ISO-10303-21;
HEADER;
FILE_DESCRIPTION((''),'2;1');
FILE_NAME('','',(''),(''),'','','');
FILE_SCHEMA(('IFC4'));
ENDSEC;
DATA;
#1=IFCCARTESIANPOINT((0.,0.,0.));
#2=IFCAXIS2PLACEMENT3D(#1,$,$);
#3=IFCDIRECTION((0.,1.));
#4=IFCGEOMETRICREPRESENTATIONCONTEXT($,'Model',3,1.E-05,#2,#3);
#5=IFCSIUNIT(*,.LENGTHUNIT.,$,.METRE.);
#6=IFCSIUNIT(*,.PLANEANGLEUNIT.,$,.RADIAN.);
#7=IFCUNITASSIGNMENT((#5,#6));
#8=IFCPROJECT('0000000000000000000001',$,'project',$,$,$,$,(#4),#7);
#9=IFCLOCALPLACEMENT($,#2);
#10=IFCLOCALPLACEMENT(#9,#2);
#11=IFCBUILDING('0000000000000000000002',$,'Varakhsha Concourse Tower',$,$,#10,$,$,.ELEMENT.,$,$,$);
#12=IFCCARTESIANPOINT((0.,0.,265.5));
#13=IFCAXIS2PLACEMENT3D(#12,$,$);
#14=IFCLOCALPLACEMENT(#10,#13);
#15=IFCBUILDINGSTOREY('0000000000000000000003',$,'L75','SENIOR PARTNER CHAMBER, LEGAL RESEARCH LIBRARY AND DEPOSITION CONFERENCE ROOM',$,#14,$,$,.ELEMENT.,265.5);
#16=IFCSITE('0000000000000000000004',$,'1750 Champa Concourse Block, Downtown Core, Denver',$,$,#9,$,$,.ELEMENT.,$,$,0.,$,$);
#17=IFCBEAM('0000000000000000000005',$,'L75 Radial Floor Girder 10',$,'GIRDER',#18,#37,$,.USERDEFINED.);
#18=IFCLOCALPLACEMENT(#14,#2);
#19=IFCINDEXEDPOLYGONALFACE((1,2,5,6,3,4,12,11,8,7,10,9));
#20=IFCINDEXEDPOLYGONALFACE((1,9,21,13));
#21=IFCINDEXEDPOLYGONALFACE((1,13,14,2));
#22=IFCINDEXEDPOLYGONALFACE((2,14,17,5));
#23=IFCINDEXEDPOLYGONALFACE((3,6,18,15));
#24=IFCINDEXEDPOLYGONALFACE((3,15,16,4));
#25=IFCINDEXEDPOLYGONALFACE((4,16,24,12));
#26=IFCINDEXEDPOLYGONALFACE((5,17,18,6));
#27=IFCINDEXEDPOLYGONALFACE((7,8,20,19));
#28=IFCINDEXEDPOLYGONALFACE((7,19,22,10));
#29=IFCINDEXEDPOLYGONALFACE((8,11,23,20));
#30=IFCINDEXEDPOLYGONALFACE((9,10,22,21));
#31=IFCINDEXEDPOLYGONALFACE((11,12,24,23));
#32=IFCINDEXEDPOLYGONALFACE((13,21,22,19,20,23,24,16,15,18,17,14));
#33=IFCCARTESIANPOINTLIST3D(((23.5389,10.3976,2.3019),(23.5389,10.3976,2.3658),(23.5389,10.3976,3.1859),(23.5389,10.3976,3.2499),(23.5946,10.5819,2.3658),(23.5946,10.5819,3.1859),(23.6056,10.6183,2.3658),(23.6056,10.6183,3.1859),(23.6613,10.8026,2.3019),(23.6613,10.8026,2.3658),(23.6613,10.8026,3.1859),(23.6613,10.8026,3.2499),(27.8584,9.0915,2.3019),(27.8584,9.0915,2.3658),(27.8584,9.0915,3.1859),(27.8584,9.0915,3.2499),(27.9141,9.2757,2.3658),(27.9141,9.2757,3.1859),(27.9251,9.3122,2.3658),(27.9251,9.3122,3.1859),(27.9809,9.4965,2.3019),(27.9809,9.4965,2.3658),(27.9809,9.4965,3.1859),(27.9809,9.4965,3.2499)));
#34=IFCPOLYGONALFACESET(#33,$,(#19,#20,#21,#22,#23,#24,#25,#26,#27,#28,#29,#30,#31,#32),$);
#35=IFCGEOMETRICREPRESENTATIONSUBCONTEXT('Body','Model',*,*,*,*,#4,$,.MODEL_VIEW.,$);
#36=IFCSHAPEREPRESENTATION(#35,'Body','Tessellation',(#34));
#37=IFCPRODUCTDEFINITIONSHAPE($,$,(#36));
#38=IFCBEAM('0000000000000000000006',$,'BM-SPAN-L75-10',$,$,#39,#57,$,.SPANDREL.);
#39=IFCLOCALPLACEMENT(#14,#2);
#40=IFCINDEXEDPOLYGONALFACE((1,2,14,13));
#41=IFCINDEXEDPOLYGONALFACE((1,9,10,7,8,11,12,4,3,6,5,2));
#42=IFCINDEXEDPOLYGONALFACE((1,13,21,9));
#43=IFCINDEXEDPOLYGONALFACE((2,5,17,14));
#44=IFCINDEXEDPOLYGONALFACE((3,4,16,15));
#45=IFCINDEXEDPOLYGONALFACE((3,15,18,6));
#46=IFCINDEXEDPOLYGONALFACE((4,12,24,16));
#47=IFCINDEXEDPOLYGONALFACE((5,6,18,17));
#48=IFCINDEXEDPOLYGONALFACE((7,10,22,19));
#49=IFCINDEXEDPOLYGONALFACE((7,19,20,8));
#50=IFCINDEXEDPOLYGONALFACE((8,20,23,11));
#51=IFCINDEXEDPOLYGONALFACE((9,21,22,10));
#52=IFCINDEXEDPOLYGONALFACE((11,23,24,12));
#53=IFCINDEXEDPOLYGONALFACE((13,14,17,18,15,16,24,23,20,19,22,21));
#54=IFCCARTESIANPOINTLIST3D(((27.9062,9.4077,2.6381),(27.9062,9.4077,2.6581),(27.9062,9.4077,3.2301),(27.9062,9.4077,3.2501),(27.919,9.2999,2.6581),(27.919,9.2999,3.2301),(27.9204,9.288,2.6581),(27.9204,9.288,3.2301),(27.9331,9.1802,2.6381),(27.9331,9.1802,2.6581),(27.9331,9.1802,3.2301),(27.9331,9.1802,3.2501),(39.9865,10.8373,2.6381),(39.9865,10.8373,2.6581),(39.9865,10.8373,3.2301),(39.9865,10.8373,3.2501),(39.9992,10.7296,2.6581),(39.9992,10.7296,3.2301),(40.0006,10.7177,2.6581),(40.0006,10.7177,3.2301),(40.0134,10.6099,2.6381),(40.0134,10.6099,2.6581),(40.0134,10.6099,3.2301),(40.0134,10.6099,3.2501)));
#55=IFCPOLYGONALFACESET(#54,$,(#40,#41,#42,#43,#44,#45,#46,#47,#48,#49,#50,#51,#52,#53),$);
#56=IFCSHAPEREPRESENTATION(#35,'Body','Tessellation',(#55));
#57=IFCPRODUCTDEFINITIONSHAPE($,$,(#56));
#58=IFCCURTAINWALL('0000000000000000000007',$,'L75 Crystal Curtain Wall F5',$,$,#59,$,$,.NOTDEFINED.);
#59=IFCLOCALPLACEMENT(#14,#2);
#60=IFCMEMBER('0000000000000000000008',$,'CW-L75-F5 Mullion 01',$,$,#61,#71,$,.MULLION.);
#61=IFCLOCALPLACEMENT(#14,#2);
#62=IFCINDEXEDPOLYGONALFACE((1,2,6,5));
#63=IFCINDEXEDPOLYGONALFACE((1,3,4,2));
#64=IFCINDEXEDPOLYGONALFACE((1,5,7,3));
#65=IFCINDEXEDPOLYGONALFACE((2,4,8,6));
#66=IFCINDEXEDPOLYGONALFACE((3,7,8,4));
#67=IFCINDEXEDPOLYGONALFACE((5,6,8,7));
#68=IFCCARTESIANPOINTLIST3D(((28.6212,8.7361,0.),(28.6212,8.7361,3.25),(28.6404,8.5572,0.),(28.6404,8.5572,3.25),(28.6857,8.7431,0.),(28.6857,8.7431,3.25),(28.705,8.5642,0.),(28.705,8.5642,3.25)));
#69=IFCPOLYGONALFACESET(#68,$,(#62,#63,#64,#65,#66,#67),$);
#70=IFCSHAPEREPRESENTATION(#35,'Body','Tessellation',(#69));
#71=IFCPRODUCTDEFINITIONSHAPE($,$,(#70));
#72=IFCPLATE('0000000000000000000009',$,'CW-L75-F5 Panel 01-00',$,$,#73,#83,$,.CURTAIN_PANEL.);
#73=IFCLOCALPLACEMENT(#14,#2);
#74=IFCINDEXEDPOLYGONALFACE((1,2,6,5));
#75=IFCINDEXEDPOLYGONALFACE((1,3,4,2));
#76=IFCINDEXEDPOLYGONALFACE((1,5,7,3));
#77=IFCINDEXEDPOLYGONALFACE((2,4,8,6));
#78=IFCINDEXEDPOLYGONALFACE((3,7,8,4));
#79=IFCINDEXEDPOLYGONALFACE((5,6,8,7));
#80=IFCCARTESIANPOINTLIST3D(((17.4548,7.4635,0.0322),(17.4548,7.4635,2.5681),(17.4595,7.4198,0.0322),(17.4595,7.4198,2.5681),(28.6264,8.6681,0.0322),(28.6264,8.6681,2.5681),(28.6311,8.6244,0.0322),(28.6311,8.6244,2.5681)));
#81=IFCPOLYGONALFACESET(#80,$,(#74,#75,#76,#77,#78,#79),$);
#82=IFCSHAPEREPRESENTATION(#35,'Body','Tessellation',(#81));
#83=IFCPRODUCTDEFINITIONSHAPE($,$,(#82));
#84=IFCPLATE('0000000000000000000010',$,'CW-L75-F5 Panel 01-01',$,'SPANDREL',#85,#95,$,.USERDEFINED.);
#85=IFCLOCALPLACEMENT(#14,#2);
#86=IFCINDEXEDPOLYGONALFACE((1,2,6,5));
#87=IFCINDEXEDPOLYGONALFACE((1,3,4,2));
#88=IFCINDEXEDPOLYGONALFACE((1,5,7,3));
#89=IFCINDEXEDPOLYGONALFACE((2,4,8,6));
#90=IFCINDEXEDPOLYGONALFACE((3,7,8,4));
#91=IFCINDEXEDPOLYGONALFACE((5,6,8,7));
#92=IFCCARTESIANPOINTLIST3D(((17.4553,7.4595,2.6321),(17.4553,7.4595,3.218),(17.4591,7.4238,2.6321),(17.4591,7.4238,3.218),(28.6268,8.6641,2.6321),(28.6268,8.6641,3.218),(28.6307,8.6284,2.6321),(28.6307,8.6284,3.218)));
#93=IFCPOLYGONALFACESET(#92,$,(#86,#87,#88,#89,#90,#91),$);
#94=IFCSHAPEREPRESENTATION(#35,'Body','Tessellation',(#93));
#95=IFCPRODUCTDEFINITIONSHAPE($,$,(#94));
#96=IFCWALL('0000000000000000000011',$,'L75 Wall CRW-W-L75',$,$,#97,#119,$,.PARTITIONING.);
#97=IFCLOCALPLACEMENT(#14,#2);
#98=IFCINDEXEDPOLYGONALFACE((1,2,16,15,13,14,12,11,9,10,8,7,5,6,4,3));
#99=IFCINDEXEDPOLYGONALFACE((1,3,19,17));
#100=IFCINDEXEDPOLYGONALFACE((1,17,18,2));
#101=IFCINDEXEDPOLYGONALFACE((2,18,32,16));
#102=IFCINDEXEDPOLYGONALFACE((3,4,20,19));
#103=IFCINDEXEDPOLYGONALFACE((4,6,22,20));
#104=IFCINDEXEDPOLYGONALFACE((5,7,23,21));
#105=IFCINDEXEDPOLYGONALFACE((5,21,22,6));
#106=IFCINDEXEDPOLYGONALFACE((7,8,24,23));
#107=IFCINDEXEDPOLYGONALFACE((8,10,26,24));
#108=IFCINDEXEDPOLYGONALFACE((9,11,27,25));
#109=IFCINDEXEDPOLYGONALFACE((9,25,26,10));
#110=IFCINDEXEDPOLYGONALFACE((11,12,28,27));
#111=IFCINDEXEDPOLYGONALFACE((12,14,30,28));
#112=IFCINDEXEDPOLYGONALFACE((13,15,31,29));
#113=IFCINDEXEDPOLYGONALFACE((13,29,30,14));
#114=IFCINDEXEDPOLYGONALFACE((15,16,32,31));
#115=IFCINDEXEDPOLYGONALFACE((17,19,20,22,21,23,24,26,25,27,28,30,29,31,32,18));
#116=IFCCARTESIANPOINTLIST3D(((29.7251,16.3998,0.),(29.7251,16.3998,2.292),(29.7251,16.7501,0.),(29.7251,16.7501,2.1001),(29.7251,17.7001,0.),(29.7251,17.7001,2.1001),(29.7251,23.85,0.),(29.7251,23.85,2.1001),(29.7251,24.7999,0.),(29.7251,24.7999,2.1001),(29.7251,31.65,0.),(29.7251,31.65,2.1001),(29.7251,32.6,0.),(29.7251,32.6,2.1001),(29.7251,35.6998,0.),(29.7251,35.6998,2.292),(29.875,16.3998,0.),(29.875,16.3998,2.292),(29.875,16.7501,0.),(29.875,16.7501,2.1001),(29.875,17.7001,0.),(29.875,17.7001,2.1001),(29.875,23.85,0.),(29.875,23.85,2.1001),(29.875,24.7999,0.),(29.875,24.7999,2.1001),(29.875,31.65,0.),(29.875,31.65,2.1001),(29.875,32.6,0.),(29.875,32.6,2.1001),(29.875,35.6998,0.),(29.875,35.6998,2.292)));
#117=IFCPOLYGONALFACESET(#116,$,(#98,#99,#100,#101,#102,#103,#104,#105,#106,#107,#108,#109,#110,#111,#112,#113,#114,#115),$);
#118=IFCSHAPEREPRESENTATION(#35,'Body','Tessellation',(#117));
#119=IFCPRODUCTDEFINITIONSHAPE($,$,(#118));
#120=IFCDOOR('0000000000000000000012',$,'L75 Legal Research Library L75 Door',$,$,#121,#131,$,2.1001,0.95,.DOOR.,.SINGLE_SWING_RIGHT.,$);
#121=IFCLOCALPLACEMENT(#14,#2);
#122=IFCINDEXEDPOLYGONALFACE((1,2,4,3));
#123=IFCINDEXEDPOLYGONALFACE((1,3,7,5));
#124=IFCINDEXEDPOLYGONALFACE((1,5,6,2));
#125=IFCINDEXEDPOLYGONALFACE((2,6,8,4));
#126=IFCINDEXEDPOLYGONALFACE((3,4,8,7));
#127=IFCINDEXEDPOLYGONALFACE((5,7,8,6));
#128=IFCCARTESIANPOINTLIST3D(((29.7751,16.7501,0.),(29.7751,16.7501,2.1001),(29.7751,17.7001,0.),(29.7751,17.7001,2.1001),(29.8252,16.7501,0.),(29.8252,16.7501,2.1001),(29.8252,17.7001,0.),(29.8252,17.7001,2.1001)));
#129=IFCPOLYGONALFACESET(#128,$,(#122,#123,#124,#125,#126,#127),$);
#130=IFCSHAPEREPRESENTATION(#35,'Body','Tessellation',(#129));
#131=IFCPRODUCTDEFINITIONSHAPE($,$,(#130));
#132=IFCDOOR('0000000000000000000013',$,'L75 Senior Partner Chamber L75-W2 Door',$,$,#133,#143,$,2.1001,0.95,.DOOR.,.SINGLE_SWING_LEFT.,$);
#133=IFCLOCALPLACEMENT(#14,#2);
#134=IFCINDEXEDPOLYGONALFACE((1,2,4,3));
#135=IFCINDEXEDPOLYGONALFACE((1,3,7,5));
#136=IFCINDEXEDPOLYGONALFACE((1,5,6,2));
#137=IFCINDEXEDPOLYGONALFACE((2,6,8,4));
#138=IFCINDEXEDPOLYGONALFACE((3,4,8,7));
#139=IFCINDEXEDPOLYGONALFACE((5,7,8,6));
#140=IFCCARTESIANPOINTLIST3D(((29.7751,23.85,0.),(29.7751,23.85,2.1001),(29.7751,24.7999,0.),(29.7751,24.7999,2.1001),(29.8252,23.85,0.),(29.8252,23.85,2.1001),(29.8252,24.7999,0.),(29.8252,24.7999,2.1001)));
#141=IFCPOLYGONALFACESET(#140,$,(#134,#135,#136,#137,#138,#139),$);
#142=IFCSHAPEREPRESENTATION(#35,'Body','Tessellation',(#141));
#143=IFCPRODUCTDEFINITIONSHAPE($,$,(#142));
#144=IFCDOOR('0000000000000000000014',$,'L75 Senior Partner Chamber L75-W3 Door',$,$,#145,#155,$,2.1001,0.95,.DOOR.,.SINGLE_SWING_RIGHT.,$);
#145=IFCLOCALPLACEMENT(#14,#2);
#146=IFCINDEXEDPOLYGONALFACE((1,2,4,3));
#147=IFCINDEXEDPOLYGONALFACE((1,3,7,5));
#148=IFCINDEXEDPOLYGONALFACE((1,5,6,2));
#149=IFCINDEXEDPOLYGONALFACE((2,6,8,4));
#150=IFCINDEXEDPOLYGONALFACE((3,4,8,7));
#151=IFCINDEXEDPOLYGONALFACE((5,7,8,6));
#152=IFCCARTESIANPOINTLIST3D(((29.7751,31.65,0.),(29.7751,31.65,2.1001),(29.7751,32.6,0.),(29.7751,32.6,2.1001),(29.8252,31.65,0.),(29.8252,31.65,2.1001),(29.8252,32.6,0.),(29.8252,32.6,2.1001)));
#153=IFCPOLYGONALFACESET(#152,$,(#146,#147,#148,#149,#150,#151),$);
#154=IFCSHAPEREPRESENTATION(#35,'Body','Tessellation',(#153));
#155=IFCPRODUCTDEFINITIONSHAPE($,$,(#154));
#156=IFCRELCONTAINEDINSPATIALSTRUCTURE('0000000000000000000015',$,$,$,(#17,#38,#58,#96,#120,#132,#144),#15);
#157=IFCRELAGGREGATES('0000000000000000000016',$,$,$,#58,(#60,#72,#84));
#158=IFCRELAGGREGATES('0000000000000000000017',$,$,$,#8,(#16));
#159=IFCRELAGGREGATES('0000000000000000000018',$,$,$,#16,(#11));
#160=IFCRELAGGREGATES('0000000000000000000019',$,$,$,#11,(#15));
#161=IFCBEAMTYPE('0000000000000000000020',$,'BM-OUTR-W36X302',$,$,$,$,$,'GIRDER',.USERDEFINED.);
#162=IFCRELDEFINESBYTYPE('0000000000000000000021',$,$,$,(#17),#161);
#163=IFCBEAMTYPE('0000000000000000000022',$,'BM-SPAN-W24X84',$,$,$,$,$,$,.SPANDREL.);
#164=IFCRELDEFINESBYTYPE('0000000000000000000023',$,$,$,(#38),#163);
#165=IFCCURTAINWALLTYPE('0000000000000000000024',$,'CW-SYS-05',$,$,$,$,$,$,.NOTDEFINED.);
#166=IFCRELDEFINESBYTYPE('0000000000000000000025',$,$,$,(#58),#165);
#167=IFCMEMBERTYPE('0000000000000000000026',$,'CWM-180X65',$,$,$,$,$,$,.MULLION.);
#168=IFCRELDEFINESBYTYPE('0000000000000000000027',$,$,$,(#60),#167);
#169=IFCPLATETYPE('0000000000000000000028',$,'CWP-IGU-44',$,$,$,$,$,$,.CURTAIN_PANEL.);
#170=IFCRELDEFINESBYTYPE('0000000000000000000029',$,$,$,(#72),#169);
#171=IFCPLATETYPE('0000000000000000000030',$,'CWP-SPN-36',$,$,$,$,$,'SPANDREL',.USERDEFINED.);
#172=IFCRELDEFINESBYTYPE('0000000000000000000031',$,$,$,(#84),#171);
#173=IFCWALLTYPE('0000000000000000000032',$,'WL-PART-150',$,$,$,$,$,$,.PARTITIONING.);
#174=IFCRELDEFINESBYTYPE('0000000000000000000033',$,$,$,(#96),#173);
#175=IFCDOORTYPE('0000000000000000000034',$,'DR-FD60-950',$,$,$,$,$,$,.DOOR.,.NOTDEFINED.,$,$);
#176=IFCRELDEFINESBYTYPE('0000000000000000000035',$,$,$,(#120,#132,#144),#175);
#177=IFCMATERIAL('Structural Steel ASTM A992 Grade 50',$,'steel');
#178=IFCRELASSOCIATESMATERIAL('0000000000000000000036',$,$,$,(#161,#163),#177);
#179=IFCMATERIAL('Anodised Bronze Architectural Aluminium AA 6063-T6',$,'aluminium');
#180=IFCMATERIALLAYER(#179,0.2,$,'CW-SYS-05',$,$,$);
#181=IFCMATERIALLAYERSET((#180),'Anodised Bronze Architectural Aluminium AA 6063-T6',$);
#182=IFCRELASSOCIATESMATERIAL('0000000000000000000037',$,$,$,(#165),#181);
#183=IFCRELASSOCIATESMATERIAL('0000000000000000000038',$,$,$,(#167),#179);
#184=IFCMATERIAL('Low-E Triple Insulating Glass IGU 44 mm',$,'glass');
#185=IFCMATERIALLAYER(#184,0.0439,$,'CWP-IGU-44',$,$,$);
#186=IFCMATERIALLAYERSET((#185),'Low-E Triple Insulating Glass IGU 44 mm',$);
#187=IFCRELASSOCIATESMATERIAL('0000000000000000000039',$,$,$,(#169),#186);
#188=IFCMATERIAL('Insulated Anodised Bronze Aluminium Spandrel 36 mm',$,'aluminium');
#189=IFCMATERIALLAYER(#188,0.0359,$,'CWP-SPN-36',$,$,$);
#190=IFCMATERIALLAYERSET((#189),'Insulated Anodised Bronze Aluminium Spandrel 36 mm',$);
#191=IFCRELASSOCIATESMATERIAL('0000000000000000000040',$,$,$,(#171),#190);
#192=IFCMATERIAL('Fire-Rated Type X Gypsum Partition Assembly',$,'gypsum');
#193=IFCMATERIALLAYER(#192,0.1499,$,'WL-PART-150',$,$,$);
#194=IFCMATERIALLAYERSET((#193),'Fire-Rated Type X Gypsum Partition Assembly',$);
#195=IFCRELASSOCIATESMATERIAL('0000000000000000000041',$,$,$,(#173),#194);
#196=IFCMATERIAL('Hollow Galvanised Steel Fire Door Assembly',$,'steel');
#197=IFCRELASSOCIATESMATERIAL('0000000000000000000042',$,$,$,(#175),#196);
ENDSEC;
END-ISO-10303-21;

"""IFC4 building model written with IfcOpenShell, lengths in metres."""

from ifc_helpers import new_model, si_unit, direction, frame, frame_2d, origin, origin_2d, place, context, subcontext, project, spatial, rectangle, i_section, extrude, source, transform, mapped, material, layer, layer_set, material_profile, profile_set, type_object, type_shapes, element, fill, aggregate, save


model = new_model("IFC4")

# Units and contexts
model_context = context("Model", 3, precision=1e-05, world=origin(), true_north=direction((0.0, 1.0)))
body_context = subcontext(model_context, "Body", "Model", "MODEL_VIEW")
ifc_project = project(units=[si_unit("LENGTHUNIT", "METRE"), si_unit("PLANEANGLEUNIT", "RADIAN")], contexts=[model_context])

# Site, building, storey
site_placement = place(None, origin())
site = spatial("IfcSite", under=ifc_project, at=site_placement, Name="1750 Champa Concourse Block, Downtown Core, Denver", CompositionType="ELEMENT", RefElevation=0.0)
building_placement = place(site_placement, origin())
building = spatial("IfcBuilding", under=site, at=building_placement, Name="Varakhsha Concourse Tower", CompositionType="ELEMENT")
storey_placement = place(building_placement, frame((0.0, 0.0, 265.5)))
storey = spatial("IfcBuildingStorey", under=building, at=storey_placement, Name="L75", Description="SENIOR PARTNER CHAMBER, LEGAL RESEARCH LIBRARY AND DEPOSITION CONFERENCE ROOM", CompositionType="ELEMENT", Elevation=265.5)

# Shared definitions
ifc_material_1 = material(Name="Structural Steel ASTM A992 Grade 50", Category="steel")

# Beams
ifc_material_profile_1 = material_profile(ifc_material_1, i_section(OverallWidth=0.4231, OverallDepth=0.948, WebThickness=0.0381, FlangeThickness=0.064, at=origin_2d()), Name="W36X302")
ifc_profile_set_1 = profile_set([ifc_material_profile_1], Name="Structural Steel ASTM A992 Grade 50")
beam_type_1 = type_object("IfcBeamType", Name="BM-OUTR-W36X302", ElementType="GIRDER", PredefinedType="USERDEFINED", material=ifc_profile_set_1)
beam_1_placement = place(storey_placement, frame((23.6001, 10.6001, 2.7759), z_axis=(0.957197, -0.289437, 0.0), x_axis=(0.289437, 0.957197, 0.0)))
element("IfcBeam", 1, at=beam_1_placement, inside=storey, type_object=beam_type_1, Name="L75 Radial Floor Girder 10", ObjectType="GIRDER", PredefinedType="USERDEFINED", context=body_context, shape_type="SweptSolid", body=[
    extrude(i_section(OverallWidth=0.4231, OverallDepth=0.948, WebThickness=0.0381, FlangeThickness=0.064, at=origin_2d()), origin(), (0.0, 0.0, 1.0), 4.5127),
])
ifc_material_profile_2 = material_profile(ifc_material_1, i_section(OverallWidth=0.229, OverallDepth=0.6121, WebThickness=0.012, FlangeThickness=0.02, at=origin_2d()), Name="W24X84")
ifc_profile_set_2 = profile_set([ifc_material_profile_2], Name="Structural Steel ASTM A992 Grade 50")
beam_type_2 = type_object("IfcBeamType", Name="BM-SPAN-W24X84", PredefinedType="SPANDREL", material=ifc_profile_set_2)
beam_2_placement = place(storey_placement, frame((27.9197, 9.2939, 2.9441), z_axis=(0.99307, 0.117528, 0.0), x_axis=(-0.117528, 0.99307, 0.0)))
element("IfcBeam", 2, at=beam_2_placement, inside=storey, type_object=beam_type_2, Name="BM-SPAN-L75-10", PredefinedType="SPANDREL", context=body_context, shape_type="SweptSolid", body=[
    extrude(i_section(OverallWidth=0.229, OverallDepth=0.6121, WebThickness=0.012, FlangeThickness=0.02, at=origin_2d()), origin(), (0.0, 0.0, 1.0), 12.1646),
])

# Curtain wall, member, plates
ifc_material_2 = material(Name="Anodised Bronze Architectural Aluminium AA 6063-T6", Category="aluminium")
ifc_layer_1 = layer(ifc_material_2, 0.2, Name="CW-SYS-05")
ifc_layer_set_1 = layer_set([ifc_layer_1], Name="Anodised Bronze Architectural Aluminium AA 6063-T6")
curtain_wall_type = type_object("IfcCurtainWallType", Name="CW-SYS-05", PredefinedType="NOTDEFINED", material=ifc_layer_set_1)
curtain_wall_placement = place(storey_placement, origin())
curtain_wall = element("IfcCurtainWall", 3, at=curtain_wall_placement, inside=storey, type_object=curtain_wall_type, Name="L75 Crystal Curtain Wall F5", PredefinedType="NOTDEFINED")
ifc_material_profile_3 = material_profile(ifc_material_2, rectangle(XDim=0.0649, YDim=0.1799, at=origin_2d()), Name="CWM-180X65")
ifc_profile_set_3 = profile_set([ifc_material_profile_3], Name="Anodised Bronze Architectural Aluminium AA 6063-T6")
member_type = type_object("IfcMemberType", Name="CWM-180X65", PredefinedType="MULLION", material=ifc_profile_set_3)
shared_shape_1 = source(origin(), body_context, "Body", "SweptSolid", [
    extrude(rectangle(XDim=0.0649, YDim=0.1799, at=origin_2d()), origin(), (0.0, 0.0, 1.0), 3.25),
])
type_shapes(member_type, [shared_shape_1])
member_placement = place(storey_placement, frame((28.6631, 8.6501, 0.0), z_axis=(0.0, 0.0, 1.0), x_axis=(-0.994236, -0.10721, 0.0)))
member = element("IfcMember", 4, at=member_placement, type_object=member_type, Name="CW-L75-F5 Mullion 01", PredefinedType="MULLION", context=body_context, shape_type="MappedRepresentation", body=[
    mapped(shared_shape_1, transform((0.0, 0.0, 0.0), scale=1.0)),
])
ifc_material_3 = material(Name="Low-E Triple Insulating Glass IGU 44 mm", Category="glass")
ifc_layer_2 = layer(ifc_material_3, 0.0439, Name="CWP-IGU-44")
ifc_layer_set_2 = layer_set([ifc_layer_2], Name="Low-E Triple Insulating Glass IGU 44 mm")
plate_type_1 = type_object("IfcPlateType", Name="CWP-IGU-44", PredefinedType="CURTAIN_PANEL", material=ifc_layer_set_2)
shared_shape_2 = source(origin(), body_context, "Body", "SweptSolid", [
    extrude(rectangle(XDim=11.2363, YDim=0.0439, at=origin_2d()), origin(), (0.0, 0.0, 1.0), 2.5359),
])
type_shapes(plate_type_1, [shared_shape_2])
plate_1_placement = place(storey_placement, frame((23.043, 8.0439, 0.0322), z_axis=(0.0, 0.0, 1.0), x_axis=(-0.994236, -0.10721, 0.0)))
plate_1 = element("IfcPlate", 5, at=plate_1_placement, type_object=plate_type_1, Name="CW-L75-F5 Panel 01-00", PredefinedType="CURTAIN_PANEL", context=body_context, shape_type="MappedRepresentation", body=[
    mapped(shared_shape_2, transform((0.0, 0.0, 0.0), scale=1.0)),
])
ifc_material_4 = material(Name="Insulated Anodised Bronze Aluminium Spandrel 36 mm", Category="aluminium")
ifc_layer_3 = layer(ifc_material_4, 0.0359, Name="CWP-SPN-36")
ifc_layer_set_3 = layer_set([ifc_layer_3], Name="Insulated Anodised Bronze Aluminium Spandrel 36 mm")
plate_type_2 = type_object("IfcPlateType", Name="CWP-SPN-36", ElementType="SPANDREL", PredefinedType="USERDEFINED", material=ifc_layer_set_3)
shared_shape_3 = source(origin(), body_context, "Body", "SweptSolid", [
    extrude(rectangle(XDim=11.2363, YDim=0.0359, at=origin_2d()), origin(), (0.0, 0.0, 1.0), 0.5859),
])
type_shapes(plate_type_2, [shared_shape_3])
plate_2_placement = place(storey_placement, frame((23.043, 8.0439, 2.6321), z_axis=(0.0, 0.0, 1.0), x_axis=(-0.994236, -0.10721, 0.0)))
plate_2 = element("IfcPlate", 6, at=plate_2_placement, type_object=plate_type_2, Name="CW-L75-F5 Panel 01-01", ObjectType="SPANDREL", PredefinedType="USERDEFINED", context=body_context, shape_type="MappedRepresentation", body=[
    mapped(shared_shape_3, transform((0.0, 0.0, 0.0), scale=1.0)),
])
aggregate(curtain_wall, [member, plate_1, plate_2])

# Wall, openings, doors
ifc_material_5 = material(Name="Fire-Rated Type X Gypsum Partition Assembly", Category="gypsum")
ifc_layer_4 = layer(ifc_material_5, 0.1499, Name="WL-PART-150")
ifc_layer_set_4 = layer_set([ifc_layer_4], Name="Fire-Rated Type X Gypsum Partition Assembly")
wall_type = type_object("IfcWallType", Name="WL-PART-150", PredefinedType="PARTITIONING", material=ifc_layer_set_4)
wall_1_placement = place(storey_placement, frame((29.8, 16.3999, 0.0), z_axis=(0.0, 0.0, 1.0), x_axis=(0.0, 1.0, 0.0)))
wall_1 = element("IfcWall", 7, at=wall_1_placement, inside=storey, type_object=wall_type, Name="L75 Wall CRW-W-L75", PredefinedType="PARTITIONING", context=body_context, shape_type="SweptSolid", body=[
    extrude(rectangle(XDim=19.3, YDim=0.1499, at=frame_2d((9.6499, 0.0))), origin(), (0.0, 0.0, 1.0), 2.292),
])
opening_1_placement = place(wall_1_placement, frame((0.3501, 0.0, 0.0)))
opening_1 = element("IfcOpeningElement", 8, at=opening_1_placement, cuts=wall_1, PredefinedType="OPENING", context=body_context, shape_type="SweptSolid", body=[
    extrude(rectangle(XDim=0.95, YDim=2.1001, at=frame_2d((0.4751, 1.05))), frame((0.0, 0.085, 0.0), z_axis=(0.0, -1.0, 0.0), x_axis=(1.0, 0.0, 0.0)), (0.0, 0.0, 1.0), 0.1699),
])
opening_2_placement = place(wall_1_placement, frame((7.45, 0.0, 0.0)))
opening_2 = element("IfcOpeningElement", 9, at=opening_2_placement, cuts=wall_1, PredefinedType="OPENING", context=body_context, shape_type="SweptSolid", body=[
    extrude(rectangle(XDim=0.95, YDim=2.1001, at=frame_2d((0.4751, 1.05))), frame((0.0, 0.085, 0.0), z_axis=(0.0, -1.0, 0.0), x_axis=(1.0, 0.0, 0.0)), (0.0, 0.0, 1.0), 0.1699),
])
opening_3_placement = place(wall_1_placement, frame((15.25, 0.0, 0.0)))
opening_3 = element("IfcOpeningElement", 10, at=opening_3_placement, cuts=wall_1, PredefinedType="OPENING", context=body_context, shape_type="SweptSolid", body=[
    extrude(rectangle(XDim=0.95, YDim=2.1001, at=frame_2d((0.4751, 1.05))), frame((0.0, 0.085, 0.0), z_axis=(0.0, -1.0, 0.0), x_axis=(1.0, 0.0, 0.0)), (0.0, 0.0, 1.0), 0.1699),
])
ifc_material_6 = material(Name="Hollow Galvanised Steel Fire Door Assembly", Category="steel")
door_type = type_object("IfcDoorType", Name="DR-FD60-950", OperationType="NOTDEFINED", PredefinedType="DOOR", material=ifc_material_6)
door_1_placement = place(opening_1_placement, origin())
door_1 = element("IfcDoor", 11, at=door_1_placement, inside=storey, type_object=door_type, Name="L75 Legal Research Library L75 Door", OperationType="SINGLE_SWING_RIGHT", OverallHeight=2.1001, OverallWidth=0.95, PredefinedType="DOOR", context=body_context, shape_type="SweptSolid", body=[
    extrude(rectangle(XDim=0.95, YDim=2.1001, at=frame_2d((0.4751, 1.05))), frame((0.0, 0.0249, 0.0), z_axis=(0.0, -1.0, 0.0), x_axis=(1.0, 0.0, 0.0)), (0.0, 0.0, 1.0), 0.05),
])
fill(opening_1, door_1)
door_2_placement = place(opening_2_placement, origin())
door_2 = element("IfcDoor", 12, at=door_2_placement, inside=storey, type_object=door_type, Name="L75 Senior Partner Chamber L75-W2 Door", OperationType="SINGLE_SWING_LEFT", OverallHeight=2.1001, OverallWidth=0.95, PredefinedType="DOOR", context=body_context, shape_type="SweptSolid", body=[
    extrude(rectangle(XDim=0.95, YDim=2.1001, at=frame_2d((0.4751, 1.05))), frame((0.0, 0.0249, 0.0), z_axis=(0.0, -1.0, 0.0), x_axis=(1.0, 0.0, 0.0)), (0.0, 0.0, 1.0), 0.05),
])
fill(opening_2, door_2)
door_3_placement = place(opening_3_placement, origin())
door_3 = element("IfcDoor", 13, at=door_3_placement, inside=storey, type_object=door_type, Name="L75 Senior Partner Chamber L75-W3 Door", OperationType="SINGLE_SWING_RIGHT", OverallHeight=2.1001, OverallWidth=0.95, PredefinedType="DOOR", context=body_context, shape_type="SweptSolid", body=[
    extrude(rectangle(XDim=0.95, YDim=2.1001, at=frame_2d((0.4751, 1.05))), frame((0.0, 0.0249, 0.0), z_axis=(0.0, -1.0, 0.0), x_axis=(1.0, 0.0, 0.0)), (0.0, 0.0, 1.0), 0.05),
])
fill(opening_3, door_3)

save(model, "model.ifc")
